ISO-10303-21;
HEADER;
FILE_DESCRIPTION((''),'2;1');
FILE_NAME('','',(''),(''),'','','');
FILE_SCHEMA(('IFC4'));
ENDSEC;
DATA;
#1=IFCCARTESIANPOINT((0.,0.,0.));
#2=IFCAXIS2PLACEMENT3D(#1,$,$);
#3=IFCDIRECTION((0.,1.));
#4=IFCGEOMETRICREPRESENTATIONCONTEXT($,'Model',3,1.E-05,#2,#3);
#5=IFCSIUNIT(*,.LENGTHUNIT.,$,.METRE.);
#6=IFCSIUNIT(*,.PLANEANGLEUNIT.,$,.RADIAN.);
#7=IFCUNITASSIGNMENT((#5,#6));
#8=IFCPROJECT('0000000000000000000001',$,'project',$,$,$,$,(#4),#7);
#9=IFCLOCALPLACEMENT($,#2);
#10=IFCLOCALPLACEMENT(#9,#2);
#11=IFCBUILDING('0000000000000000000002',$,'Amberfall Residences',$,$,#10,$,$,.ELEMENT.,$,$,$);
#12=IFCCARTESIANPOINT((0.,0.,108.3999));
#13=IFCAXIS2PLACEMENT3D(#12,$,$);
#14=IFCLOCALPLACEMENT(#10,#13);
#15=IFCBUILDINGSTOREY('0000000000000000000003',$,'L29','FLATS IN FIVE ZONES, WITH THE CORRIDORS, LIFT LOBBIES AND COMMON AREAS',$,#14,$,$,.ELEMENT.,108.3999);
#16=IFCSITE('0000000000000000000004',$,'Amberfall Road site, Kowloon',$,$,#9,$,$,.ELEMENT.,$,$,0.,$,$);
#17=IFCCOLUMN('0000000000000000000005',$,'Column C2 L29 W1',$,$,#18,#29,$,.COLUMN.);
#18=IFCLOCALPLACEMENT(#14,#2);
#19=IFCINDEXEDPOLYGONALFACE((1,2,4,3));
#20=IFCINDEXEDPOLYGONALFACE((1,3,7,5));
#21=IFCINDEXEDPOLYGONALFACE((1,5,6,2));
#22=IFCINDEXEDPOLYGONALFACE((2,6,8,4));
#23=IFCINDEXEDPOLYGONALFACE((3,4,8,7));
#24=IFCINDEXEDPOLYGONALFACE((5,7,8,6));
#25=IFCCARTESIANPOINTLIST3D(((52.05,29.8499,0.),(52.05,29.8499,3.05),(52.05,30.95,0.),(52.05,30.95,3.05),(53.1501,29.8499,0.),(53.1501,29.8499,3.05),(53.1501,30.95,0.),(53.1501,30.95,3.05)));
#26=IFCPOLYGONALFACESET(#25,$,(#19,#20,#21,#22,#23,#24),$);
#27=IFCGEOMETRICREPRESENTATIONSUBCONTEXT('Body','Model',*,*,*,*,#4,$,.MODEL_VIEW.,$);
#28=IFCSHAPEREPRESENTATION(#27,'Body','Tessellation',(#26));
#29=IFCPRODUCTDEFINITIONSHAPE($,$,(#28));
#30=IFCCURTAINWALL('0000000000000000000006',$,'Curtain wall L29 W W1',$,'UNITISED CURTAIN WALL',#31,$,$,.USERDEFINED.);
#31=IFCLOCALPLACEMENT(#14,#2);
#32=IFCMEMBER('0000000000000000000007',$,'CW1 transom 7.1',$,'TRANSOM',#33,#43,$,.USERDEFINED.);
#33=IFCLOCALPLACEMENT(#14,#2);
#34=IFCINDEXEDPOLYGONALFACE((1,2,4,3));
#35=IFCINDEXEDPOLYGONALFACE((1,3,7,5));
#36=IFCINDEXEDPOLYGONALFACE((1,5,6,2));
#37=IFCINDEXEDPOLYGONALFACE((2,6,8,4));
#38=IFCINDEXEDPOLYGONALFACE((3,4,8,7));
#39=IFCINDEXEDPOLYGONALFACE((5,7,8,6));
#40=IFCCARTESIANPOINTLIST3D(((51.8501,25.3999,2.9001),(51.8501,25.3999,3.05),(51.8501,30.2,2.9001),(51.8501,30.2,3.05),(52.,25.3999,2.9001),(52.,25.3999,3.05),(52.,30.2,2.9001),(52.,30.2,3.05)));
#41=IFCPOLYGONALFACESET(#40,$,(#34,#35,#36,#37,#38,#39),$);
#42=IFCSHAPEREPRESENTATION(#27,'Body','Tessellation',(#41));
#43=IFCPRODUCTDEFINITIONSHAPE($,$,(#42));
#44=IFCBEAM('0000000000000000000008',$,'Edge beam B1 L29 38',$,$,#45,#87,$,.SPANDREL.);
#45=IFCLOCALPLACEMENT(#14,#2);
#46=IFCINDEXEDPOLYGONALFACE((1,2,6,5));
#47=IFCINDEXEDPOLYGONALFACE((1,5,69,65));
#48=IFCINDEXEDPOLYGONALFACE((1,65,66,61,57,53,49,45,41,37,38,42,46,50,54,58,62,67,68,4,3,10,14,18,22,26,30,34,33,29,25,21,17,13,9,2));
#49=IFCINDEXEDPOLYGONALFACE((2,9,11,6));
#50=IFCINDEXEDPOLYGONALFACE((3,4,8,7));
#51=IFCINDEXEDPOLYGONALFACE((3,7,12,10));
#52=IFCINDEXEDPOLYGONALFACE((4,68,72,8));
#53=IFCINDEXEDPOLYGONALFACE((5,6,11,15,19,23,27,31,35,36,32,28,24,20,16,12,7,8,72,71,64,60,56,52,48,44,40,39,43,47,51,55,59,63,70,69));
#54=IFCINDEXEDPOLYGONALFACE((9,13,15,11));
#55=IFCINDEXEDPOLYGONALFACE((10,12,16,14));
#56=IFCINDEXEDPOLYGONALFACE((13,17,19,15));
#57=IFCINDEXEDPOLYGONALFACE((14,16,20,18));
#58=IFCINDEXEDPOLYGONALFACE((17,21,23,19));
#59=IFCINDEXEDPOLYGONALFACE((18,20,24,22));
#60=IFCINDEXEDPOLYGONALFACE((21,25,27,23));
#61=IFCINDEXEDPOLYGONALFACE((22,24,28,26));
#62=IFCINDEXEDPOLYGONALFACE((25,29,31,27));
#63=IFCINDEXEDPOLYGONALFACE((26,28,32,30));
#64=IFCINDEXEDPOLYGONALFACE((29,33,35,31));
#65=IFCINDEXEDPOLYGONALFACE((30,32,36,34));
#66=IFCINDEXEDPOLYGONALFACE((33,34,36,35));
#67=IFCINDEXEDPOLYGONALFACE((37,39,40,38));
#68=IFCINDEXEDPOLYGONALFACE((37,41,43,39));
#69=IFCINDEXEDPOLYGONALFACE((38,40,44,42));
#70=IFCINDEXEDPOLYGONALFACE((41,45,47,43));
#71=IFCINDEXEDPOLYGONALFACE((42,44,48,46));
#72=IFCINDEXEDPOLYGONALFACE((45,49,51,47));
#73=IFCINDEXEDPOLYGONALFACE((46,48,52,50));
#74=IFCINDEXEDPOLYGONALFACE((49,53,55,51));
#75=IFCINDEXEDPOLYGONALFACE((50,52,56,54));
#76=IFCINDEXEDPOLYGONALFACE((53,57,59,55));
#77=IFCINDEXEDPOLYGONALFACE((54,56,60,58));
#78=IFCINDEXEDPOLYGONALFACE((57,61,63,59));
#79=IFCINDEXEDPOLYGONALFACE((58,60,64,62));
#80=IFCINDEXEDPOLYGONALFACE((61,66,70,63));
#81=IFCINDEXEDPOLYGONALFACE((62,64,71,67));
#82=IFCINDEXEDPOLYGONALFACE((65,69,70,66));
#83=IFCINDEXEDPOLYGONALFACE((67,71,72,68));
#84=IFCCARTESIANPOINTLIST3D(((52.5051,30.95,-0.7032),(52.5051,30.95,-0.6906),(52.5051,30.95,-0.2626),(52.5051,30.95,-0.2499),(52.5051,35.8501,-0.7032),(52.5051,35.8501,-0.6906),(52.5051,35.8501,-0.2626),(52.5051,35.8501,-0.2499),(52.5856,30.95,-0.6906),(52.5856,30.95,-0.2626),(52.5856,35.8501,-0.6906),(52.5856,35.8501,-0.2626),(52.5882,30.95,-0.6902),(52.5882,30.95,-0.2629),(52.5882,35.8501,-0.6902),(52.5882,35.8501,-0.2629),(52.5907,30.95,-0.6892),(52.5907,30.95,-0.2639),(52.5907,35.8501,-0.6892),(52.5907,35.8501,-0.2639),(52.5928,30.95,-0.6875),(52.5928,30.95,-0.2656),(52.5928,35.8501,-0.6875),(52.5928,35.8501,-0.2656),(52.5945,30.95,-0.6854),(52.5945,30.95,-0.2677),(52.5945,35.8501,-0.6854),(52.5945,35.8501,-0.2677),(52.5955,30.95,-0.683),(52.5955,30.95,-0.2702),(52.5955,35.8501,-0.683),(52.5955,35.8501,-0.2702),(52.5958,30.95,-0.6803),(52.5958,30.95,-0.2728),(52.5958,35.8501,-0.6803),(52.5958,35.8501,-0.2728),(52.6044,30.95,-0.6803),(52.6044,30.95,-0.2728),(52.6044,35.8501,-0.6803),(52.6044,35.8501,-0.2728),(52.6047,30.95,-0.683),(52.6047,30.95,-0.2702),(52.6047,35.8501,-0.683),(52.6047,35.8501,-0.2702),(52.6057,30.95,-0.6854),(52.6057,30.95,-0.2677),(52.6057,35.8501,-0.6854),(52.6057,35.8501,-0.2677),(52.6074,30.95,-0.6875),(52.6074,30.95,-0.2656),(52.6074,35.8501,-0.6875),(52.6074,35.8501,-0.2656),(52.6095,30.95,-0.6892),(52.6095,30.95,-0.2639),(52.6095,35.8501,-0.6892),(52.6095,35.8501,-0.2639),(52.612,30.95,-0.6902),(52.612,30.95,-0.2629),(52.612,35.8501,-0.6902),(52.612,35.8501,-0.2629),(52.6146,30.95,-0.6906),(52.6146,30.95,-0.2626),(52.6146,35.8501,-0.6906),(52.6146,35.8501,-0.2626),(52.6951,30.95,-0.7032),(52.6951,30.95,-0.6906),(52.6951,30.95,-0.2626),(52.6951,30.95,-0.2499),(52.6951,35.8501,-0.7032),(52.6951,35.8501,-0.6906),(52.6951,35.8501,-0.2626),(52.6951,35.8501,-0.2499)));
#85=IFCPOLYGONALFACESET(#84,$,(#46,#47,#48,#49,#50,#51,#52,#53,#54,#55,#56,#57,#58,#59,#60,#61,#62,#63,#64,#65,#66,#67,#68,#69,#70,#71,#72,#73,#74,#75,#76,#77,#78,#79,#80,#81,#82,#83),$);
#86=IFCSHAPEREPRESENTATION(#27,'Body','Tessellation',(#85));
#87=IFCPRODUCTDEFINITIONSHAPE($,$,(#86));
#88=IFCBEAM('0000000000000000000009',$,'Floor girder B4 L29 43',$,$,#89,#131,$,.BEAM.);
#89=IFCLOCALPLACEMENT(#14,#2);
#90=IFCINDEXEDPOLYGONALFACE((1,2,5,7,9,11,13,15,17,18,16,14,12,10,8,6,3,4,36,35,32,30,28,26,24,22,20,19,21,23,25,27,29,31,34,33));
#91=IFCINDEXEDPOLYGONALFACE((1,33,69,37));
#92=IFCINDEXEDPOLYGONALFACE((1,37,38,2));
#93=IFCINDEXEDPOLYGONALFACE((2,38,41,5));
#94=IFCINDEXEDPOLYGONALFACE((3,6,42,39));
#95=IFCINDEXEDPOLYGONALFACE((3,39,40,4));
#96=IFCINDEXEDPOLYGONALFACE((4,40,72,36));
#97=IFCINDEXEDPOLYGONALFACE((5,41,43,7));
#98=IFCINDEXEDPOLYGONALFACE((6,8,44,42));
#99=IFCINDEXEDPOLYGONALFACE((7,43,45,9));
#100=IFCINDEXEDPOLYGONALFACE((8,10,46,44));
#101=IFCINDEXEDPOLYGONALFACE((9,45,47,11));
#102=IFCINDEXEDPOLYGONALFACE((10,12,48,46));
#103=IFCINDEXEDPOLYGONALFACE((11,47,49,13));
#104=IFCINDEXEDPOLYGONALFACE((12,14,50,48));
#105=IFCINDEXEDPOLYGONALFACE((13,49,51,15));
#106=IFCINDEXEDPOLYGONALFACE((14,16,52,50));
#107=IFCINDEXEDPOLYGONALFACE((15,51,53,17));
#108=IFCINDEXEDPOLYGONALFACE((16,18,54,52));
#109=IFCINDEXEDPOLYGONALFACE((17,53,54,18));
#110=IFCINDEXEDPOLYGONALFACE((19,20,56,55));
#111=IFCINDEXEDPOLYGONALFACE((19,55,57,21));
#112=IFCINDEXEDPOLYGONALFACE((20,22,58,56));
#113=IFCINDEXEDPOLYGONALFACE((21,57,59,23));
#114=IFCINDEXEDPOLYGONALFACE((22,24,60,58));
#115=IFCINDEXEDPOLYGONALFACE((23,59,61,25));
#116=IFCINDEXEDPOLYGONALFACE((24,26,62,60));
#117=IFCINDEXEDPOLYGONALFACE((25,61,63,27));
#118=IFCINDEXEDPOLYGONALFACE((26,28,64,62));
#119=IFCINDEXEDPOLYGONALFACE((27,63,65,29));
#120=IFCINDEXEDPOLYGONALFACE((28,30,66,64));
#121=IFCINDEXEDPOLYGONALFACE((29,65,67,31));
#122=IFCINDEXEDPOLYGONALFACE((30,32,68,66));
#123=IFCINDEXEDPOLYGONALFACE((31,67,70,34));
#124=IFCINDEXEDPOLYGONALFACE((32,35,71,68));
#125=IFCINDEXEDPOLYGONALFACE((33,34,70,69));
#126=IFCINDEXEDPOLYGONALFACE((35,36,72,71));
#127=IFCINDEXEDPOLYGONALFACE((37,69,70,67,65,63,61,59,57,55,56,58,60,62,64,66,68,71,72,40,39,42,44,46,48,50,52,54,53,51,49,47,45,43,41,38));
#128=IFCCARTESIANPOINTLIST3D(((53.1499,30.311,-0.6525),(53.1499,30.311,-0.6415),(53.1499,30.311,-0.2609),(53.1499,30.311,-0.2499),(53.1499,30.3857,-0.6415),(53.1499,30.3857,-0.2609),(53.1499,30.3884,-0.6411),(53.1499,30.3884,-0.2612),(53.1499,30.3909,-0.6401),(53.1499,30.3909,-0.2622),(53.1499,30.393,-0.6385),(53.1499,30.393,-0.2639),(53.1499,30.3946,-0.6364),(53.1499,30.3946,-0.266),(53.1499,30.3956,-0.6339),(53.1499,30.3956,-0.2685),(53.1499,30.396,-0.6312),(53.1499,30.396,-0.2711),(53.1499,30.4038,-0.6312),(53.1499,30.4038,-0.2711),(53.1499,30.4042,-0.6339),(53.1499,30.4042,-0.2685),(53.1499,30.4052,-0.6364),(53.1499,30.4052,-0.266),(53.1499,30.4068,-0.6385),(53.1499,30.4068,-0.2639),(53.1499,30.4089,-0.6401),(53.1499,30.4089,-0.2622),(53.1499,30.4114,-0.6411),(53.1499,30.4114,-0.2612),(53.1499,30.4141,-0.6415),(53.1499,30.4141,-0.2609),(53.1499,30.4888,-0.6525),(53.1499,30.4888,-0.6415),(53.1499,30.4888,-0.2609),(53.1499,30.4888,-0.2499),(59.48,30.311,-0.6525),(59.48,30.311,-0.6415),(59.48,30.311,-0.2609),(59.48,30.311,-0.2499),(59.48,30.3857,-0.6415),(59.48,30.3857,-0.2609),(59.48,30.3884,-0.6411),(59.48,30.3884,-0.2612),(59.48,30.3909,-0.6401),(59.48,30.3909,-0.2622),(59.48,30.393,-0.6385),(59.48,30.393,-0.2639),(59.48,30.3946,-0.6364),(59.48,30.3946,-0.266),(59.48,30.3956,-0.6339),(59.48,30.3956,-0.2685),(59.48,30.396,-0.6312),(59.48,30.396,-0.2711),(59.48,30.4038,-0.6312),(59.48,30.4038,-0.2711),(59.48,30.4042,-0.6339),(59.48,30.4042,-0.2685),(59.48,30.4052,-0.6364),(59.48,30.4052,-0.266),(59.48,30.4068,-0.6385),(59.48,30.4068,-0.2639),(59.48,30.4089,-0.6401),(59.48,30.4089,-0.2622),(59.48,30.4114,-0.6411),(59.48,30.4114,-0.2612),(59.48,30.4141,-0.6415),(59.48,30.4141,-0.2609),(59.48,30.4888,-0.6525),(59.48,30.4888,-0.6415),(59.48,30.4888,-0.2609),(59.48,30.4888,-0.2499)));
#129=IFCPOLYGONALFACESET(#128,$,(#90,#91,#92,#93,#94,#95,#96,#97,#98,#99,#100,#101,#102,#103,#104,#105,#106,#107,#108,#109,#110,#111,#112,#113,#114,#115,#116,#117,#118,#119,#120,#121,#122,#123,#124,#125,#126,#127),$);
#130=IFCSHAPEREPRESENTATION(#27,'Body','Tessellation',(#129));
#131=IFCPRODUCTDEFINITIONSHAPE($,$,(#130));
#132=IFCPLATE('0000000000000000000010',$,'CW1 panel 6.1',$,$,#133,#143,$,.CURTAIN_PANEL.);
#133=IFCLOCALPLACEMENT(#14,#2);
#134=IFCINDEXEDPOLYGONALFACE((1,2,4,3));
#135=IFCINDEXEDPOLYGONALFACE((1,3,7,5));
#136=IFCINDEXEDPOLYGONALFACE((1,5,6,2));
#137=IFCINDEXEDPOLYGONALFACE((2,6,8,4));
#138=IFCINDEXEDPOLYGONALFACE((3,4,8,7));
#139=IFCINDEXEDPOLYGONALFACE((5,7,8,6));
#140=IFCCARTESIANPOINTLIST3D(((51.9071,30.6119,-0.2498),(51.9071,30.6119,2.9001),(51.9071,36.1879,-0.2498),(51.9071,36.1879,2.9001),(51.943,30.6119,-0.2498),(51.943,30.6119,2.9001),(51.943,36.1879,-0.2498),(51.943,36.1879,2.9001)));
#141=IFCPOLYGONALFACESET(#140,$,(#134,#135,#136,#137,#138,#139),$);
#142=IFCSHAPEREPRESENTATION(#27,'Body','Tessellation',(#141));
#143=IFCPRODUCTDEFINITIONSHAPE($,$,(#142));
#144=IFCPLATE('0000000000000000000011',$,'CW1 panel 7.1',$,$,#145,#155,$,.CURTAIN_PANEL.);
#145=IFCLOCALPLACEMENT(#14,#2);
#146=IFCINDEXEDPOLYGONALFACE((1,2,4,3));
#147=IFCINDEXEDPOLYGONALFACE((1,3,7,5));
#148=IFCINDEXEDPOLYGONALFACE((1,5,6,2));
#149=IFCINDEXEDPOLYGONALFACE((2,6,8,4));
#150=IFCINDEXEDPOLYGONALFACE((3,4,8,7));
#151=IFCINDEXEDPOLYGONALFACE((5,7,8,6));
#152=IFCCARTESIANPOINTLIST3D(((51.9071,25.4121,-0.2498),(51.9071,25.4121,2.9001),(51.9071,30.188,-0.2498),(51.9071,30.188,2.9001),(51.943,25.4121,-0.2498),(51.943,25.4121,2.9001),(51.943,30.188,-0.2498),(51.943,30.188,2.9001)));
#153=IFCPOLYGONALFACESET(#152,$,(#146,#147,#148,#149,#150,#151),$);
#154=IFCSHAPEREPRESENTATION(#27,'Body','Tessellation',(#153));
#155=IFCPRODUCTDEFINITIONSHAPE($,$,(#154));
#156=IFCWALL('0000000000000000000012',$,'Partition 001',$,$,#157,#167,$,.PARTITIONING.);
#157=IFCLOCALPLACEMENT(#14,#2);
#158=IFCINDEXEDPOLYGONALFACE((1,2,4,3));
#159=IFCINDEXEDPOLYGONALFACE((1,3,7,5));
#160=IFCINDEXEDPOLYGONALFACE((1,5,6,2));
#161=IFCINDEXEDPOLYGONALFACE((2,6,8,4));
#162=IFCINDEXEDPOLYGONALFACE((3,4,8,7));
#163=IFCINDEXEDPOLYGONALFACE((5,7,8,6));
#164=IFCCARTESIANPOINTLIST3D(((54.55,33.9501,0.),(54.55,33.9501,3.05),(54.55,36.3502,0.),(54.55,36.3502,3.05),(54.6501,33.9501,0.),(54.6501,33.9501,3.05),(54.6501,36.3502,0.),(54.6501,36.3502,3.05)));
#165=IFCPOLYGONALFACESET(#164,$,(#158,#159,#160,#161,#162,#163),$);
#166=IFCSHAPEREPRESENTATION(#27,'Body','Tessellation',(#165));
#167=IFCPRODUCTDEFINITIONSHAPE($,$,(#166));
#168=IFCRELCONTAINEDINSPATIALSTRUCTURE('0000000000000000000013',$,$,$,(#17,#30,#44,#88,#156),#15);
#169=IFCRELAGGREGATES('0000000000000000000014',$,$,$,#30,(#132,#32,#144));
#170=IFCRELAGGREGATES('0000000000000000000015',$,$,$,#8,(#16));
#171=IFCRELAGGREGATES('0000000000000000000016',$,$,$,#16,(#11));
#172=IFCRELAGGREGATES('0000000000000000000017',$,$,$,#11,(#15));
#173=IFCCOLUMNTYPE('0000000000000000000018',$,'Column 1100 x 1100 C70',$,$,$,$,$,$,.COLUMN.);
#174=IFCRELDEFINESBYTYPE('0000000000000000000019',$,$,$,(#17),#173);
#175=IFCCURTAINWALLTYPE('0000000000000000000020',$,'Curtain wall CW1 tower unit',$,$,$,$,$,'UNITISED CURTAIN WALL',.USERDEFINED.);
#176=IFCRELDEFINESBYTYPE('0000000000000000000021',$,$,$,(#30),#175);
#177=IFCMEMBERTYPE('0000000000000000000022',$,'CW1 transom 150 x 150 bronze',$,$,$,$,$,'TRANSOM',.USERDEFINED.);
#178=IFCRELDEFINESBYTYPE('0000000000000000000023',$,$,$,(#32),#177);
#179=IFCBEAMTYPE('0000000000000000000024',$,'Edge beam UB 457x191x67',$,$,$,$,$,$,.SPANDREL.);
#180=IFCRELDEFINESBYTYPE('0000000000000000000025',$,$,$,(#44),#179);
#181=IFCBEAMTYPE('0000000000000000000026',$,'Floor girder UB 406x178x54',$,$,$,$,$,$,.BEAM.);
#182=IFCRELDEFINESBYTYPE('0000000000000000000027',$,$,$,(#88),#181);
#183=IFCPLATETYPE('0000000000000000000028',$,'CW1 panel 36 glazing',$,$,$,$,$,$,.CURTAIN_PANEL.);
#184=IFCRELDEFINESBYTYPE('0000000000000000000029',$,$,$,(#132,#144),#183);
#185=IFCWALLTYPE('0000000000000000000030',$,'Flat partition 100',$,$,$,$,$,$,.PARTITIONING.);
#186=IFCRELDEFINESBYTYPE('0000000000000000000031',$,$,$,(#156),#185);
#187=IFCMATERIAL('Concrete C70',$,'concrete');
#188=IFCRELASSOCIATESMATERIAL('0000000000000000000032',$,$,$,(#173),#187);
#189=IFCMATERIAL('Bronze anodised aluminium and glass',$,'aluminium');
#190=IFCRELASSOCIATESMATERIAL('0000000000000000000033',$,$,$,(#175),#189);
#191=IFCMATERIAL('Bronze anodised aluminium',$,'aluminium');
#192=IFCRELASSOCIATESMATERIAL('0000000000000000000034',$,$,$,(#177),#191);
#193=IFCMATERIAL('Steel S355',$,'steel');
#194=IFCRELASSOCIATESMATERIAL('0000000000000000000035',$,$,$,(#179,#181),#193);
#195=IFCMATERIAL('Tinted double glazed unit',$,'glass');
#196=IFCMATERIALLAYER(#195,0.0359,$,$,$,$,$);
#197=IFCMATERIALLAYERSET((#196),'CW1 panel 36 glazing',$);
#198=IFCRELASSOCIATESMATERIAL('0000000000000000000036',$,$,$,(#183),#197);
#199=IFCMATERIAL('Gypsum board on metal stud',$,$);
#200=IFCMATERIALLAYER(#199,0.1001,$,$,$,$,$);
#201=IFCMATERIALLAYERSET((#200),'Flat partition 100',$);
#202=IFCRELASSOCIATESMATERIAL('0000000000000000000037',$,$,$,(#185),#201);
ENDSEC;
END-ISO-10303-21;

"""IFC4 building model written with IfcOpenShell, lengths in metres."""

from ifc_helpers import new_model, si_unit, direction, frame, frame_2d, origin, origin_2d, place, context, subcontext, project, spatial, rectangle, i_section, extrude, material, layer, layer_set, material_profile, profile_set, type_object, element, aggregate, save


model = new_model("IFC4")

# Units and contexts
model_context = context("Model", 3, precision=1e-05, world=origin(), true_north=direction((0.0, 1.0)))
body_context = subcontext(model_context, "Body", "Model", "MODEL_VIEW")
ifc_project = project(units=[si_unit("LENGTHUNIT", "METRE"), si_unit("PLANEANGLEUNIT", "RADIAN")], contexts=[model_context])

# Site, building, storey
site_placement = place(None, origin())
site = spatial("IfcSite", under=ifc_project, at=site_placement, Name="Amberfall Road site, Kowloon", CompositionType="ELEMENT", RefElevation=0.0)
building_placement = place(site_placement, origin())
building = spatial("IfcBuilding", under=site, at=building_placement, Name="Amberfall Residences", CompositionType="ELEMENT")
storey_placement = place(building_placement, frame((0.0, 0.0, 108.3999)))
storey = spatial("IfcBuildingStorey", under=building, at=storey_placement, Name="L29", Description="FLATS IN FIVE ZONES, WITH THE CORRIDORS, LIFT LOBBIES AND COMMON AREAS", CompositionType="ELEMENT", Elevation=108.3999)

# Column
ifc_material_1 = material(Name="Concrete C70", Category="concrete")
ifc_material_profile_1 = material_profile(ifc_material_1, rectangle(XDim=1.1001, YDim=1.1001, at=origin_2d()), Name="Column 1100 x 1100 C70")
ifc_profile_set_1 = profile_set([ifc_material_profile_1], Name="Concrete C70")
column_type = type_object("IfcColumnType", Name="Column 1100 x 1100 C70", PredefinedType="COLUMN", material=ifc_profile_set_1)
column_placement = place(storey_placement, frame((52.6001, 30.3999, 0.0), z_axis=(0.0, 0.0, 1.0), x_axis=(1.0, 0.0, 0.0)))
element("IfcColumn", 1, at=column_placement, inside=storey, type_object=column_type, Name="Column C2 L29 W1", PredefinedType="COLUMN", context=body_context, shape_type="SweptSolid", body=[
    extrude(rectangle(XDim=1.1001, YDim=1.1001, at=origin_2d()), origin(), (0.0, 0.0, 1.0), 3.05),
])

# Curtain wall, member
ifc_material_2 = material(Name="Bronze anodised aluminium and glass", Category="aluminium")
curtain_wall_type = type_object("IfcCurtainWallType", Name="Curtain wall CW1 tower unit", ElementType="UNITISED CURTAIN WALL", PredefinedType="USERDEFINED", material=ifc_material_2)
curtain_wall_placement = place(storey_placement, origin())
curtain_wall = element("IfcCurtainWall", 2, at=curtain_wall_placement, inside=storey, type_object=curtain_wall_type, Name="Curtain wall L29 W W1", ObjectType="UNITISED CURTAIN WALL", PredefinedType="USERDEFINED")
ifc_material_3 = material(Name="Bronze anodised aluminium", Category="aluminium")
ifc_material_profile_2 = material_profile(ifc_material_3, rectangle(XDim=0.1499, YDim=0.1499, at=origin_2d()), Name="CW1 transom 150 x 150 bronze")
ifc_profile_set_2 = profile_set([ifc_material_profile_2], Name="Bronze anodised aluminium")
member_type = type_object("IfcMemberType", Name="CW1 transom 150 x 150 bronze", ElementType="TRANSOM", PredefinedType="USERDEFINED", material=ifc_profile_set_2)
member_placement = place(storey_placement, frame((51.925, 30.2, 2.9751), z_axis=(0.0, -1.0, 0.0), x_axis=(1.0, 0.0, 0.0)))
member = element("IfcMember", 3, at=member_placement, type_object=member_type, Name="CW1 transom 7.1", ObjectType="TRANSOM", PredefinedType="USERDEFINED", context=body_context, shape_type="SweptSolid", body=[
    extrude(rectangle(XDim=0.1499, YDim=0.1499, at=origin_2d()), origin(), (0.0, 0.0, 1.0), 4.8),
])

# Beams
ifc_material_4 = material(Name="Steel S355", Category="steel")
ifc_material_profile_3 = material_profile(ifc_material_4, i_section(OverallWidth=0.1899, OverallDepth=0.4534, WebThickness=0.0085, FlangeThickness=0.0127, FilletRadius=0.0103, at=origin_2d()), Name="UB 457x191x67")
ifc_profile_set_3 = profile_set([ifc_material_profile_3], Name="Steel S355")
beam_type_1 = type_object("IfcBeamType", Name="Edge beam UB 457x191x67", PredefinedType="SPANDREL", material=ifc_profile_set_3)
beam_1_placement = place(storey_placement, frame((52.6001, 30.95, -0.4766), z_axis=(0.0, 1.0, 0.0), x_axis=(-1.0, 0.0, 0.0)))
element("IfcBeam", 4, at=beam_1_placement, inside=storey, type_object=beam_type_1, Name="Edge beam B1 L29 38", PredefinedType="SPANDREL", context=body_context, shape_type="SweptSolid", body=[
    extrude(i_section(OverallWidth=0.1899, OverallDepth=0.4534, WebThickness=0.0085, FlangeThickness=0.0127, FilletRadius=0.0103, at=origin_2d()), origin(), (0.0, 0.0, 1.0), 4.9001),
])
ifc_material_profile_4 = material_profile(ifc_material_4, i_section(OverallWidth=0.1777, OverallDepth=0.4026, WebThickness=0.0078, FlangeThickness=0.011, FilletRadius=0.0103, at=origin_2d()), Name="UB 406x178x54")
ifc_profile_set_4 = profile_set([ifc_material_profile_4], Name="Steel S355")
beam_type_2 = type_object("IfcBeamType", Name="Floor girder UB 406x178x54", PredefinedType="BEAM", material=ifc_profile_set_4)
beam_2_placement = place(storey_placement, frame((53.1499, 30.3999, -0.4512), z_axis=(1.0, 0.0, 0.0), x_axis=(0.0, 1.0, 0.0)))
element("IfcBeam", 5, at=beam_2_placement, inside=storey, type_object=beam_type_2, Name="Floor girder B4 L29 43", PredefinedType="BEAM", context=body_context, shape_type="SweptSolid", body=[
    extrude(i_section(OverallWidth=0.1777, OverallDepth=0.4026, WebThickness=0.0078, FlangeThickness=0.011, FilletRadius=0.0103, at=origin_2d()), origin(), (0.0, 0.0, 1.0), 6.3301),
])

# Plates
ifc_material_5 = material(Name="Tinted double glazed unit", Category="glass")
ifc_layer_1 = layer(ifc_material_5, 0.0359)
ifc_layer_set_1 = layer_set([ifc_layer_1], Name="CW1 panel 36 glazing")
plate_type = type_object("IfcPlateType", Name="CW1 panel 36 glazing", PredefinedType="CURTAIN_PANEL", material=ifc_layer_set_1)
plate_1_placement = place(storey_placement, frame((51.925, 33.3999, -0.2498), z_axis=(0.0, 0.0, 1.0), x_axis=(0.0, -1.0, 0.0)))
plate_1 = element("IfcPlate", 6, at=plate_1_placement, type_object=plate_type, Name="CW1 panel 6.1", PredefinedType="CURTAIN_PANEL", context=body_context, shape_type="SweptSolid", body=[
    extrude(rectangle(XDim=5.5759, YDim=0.0359, at=origin_2d()), origin(), (0.0, 0.0, 1.0), 3.1499),
])
plate_2_placement = place(storey_placement, frame((51.925, 27.8, -0.2498), z_axis=(0.0, 0.0, 1.0), x_axis=(0.0, -1.0, 0.0)))
plate_2 = element("IfcPlate", 7, at=plate_2_placement, type_object=plate_type, Name="CW1 panel 7.1", PredefinedType="CURTAIN_PANEL", context=body_context, shape_type="SweptSolid", body=[
    extrude(rectangle(XDim=4.7759, YDim=0.0359, at=origin_2d()), origin(), (0.0, 0.0, 1.0), 3.1499),
])
aggregate(curtain_wall, [plate_1, member, plate_2])

# Wall
ifc_material_6 = material(Name="Gypsum board on metal stud")
ifc_layer_2 = layer(ifc_material_6, 0.1001)
ifc_layer_set_2 = layer_set([ifc_layer_2], Name="Flat partition 100")
wall_type_1 = type_object("IfcWallType", Name="Flat partition 100", PredefinedType="PARTITIONING", material=ifc_layer_set_2)
wall_1_placement = place(storey_placement, frame((54.6001, 33.95, 0.0), z_axis=(0.0, 0.0, 1.0), x_axis=(0.0, 1.0, 0.0)))
element("IfcWall", 8, at=wall_1_placement, inside=storey, type_object=wall_type_1, Name="Partition 001", PredefinedType="PARTITIONING", context=body_context, shape_type="SweptSolid", body=[
    extrude(rectangle(XDim=2.4001, YDim=0.1001, at=frame_2d((1.2002, 0.0))), origin(), (0.0, 0.0, 1.0), 3.05),
])

save(model, "model.ifc")
